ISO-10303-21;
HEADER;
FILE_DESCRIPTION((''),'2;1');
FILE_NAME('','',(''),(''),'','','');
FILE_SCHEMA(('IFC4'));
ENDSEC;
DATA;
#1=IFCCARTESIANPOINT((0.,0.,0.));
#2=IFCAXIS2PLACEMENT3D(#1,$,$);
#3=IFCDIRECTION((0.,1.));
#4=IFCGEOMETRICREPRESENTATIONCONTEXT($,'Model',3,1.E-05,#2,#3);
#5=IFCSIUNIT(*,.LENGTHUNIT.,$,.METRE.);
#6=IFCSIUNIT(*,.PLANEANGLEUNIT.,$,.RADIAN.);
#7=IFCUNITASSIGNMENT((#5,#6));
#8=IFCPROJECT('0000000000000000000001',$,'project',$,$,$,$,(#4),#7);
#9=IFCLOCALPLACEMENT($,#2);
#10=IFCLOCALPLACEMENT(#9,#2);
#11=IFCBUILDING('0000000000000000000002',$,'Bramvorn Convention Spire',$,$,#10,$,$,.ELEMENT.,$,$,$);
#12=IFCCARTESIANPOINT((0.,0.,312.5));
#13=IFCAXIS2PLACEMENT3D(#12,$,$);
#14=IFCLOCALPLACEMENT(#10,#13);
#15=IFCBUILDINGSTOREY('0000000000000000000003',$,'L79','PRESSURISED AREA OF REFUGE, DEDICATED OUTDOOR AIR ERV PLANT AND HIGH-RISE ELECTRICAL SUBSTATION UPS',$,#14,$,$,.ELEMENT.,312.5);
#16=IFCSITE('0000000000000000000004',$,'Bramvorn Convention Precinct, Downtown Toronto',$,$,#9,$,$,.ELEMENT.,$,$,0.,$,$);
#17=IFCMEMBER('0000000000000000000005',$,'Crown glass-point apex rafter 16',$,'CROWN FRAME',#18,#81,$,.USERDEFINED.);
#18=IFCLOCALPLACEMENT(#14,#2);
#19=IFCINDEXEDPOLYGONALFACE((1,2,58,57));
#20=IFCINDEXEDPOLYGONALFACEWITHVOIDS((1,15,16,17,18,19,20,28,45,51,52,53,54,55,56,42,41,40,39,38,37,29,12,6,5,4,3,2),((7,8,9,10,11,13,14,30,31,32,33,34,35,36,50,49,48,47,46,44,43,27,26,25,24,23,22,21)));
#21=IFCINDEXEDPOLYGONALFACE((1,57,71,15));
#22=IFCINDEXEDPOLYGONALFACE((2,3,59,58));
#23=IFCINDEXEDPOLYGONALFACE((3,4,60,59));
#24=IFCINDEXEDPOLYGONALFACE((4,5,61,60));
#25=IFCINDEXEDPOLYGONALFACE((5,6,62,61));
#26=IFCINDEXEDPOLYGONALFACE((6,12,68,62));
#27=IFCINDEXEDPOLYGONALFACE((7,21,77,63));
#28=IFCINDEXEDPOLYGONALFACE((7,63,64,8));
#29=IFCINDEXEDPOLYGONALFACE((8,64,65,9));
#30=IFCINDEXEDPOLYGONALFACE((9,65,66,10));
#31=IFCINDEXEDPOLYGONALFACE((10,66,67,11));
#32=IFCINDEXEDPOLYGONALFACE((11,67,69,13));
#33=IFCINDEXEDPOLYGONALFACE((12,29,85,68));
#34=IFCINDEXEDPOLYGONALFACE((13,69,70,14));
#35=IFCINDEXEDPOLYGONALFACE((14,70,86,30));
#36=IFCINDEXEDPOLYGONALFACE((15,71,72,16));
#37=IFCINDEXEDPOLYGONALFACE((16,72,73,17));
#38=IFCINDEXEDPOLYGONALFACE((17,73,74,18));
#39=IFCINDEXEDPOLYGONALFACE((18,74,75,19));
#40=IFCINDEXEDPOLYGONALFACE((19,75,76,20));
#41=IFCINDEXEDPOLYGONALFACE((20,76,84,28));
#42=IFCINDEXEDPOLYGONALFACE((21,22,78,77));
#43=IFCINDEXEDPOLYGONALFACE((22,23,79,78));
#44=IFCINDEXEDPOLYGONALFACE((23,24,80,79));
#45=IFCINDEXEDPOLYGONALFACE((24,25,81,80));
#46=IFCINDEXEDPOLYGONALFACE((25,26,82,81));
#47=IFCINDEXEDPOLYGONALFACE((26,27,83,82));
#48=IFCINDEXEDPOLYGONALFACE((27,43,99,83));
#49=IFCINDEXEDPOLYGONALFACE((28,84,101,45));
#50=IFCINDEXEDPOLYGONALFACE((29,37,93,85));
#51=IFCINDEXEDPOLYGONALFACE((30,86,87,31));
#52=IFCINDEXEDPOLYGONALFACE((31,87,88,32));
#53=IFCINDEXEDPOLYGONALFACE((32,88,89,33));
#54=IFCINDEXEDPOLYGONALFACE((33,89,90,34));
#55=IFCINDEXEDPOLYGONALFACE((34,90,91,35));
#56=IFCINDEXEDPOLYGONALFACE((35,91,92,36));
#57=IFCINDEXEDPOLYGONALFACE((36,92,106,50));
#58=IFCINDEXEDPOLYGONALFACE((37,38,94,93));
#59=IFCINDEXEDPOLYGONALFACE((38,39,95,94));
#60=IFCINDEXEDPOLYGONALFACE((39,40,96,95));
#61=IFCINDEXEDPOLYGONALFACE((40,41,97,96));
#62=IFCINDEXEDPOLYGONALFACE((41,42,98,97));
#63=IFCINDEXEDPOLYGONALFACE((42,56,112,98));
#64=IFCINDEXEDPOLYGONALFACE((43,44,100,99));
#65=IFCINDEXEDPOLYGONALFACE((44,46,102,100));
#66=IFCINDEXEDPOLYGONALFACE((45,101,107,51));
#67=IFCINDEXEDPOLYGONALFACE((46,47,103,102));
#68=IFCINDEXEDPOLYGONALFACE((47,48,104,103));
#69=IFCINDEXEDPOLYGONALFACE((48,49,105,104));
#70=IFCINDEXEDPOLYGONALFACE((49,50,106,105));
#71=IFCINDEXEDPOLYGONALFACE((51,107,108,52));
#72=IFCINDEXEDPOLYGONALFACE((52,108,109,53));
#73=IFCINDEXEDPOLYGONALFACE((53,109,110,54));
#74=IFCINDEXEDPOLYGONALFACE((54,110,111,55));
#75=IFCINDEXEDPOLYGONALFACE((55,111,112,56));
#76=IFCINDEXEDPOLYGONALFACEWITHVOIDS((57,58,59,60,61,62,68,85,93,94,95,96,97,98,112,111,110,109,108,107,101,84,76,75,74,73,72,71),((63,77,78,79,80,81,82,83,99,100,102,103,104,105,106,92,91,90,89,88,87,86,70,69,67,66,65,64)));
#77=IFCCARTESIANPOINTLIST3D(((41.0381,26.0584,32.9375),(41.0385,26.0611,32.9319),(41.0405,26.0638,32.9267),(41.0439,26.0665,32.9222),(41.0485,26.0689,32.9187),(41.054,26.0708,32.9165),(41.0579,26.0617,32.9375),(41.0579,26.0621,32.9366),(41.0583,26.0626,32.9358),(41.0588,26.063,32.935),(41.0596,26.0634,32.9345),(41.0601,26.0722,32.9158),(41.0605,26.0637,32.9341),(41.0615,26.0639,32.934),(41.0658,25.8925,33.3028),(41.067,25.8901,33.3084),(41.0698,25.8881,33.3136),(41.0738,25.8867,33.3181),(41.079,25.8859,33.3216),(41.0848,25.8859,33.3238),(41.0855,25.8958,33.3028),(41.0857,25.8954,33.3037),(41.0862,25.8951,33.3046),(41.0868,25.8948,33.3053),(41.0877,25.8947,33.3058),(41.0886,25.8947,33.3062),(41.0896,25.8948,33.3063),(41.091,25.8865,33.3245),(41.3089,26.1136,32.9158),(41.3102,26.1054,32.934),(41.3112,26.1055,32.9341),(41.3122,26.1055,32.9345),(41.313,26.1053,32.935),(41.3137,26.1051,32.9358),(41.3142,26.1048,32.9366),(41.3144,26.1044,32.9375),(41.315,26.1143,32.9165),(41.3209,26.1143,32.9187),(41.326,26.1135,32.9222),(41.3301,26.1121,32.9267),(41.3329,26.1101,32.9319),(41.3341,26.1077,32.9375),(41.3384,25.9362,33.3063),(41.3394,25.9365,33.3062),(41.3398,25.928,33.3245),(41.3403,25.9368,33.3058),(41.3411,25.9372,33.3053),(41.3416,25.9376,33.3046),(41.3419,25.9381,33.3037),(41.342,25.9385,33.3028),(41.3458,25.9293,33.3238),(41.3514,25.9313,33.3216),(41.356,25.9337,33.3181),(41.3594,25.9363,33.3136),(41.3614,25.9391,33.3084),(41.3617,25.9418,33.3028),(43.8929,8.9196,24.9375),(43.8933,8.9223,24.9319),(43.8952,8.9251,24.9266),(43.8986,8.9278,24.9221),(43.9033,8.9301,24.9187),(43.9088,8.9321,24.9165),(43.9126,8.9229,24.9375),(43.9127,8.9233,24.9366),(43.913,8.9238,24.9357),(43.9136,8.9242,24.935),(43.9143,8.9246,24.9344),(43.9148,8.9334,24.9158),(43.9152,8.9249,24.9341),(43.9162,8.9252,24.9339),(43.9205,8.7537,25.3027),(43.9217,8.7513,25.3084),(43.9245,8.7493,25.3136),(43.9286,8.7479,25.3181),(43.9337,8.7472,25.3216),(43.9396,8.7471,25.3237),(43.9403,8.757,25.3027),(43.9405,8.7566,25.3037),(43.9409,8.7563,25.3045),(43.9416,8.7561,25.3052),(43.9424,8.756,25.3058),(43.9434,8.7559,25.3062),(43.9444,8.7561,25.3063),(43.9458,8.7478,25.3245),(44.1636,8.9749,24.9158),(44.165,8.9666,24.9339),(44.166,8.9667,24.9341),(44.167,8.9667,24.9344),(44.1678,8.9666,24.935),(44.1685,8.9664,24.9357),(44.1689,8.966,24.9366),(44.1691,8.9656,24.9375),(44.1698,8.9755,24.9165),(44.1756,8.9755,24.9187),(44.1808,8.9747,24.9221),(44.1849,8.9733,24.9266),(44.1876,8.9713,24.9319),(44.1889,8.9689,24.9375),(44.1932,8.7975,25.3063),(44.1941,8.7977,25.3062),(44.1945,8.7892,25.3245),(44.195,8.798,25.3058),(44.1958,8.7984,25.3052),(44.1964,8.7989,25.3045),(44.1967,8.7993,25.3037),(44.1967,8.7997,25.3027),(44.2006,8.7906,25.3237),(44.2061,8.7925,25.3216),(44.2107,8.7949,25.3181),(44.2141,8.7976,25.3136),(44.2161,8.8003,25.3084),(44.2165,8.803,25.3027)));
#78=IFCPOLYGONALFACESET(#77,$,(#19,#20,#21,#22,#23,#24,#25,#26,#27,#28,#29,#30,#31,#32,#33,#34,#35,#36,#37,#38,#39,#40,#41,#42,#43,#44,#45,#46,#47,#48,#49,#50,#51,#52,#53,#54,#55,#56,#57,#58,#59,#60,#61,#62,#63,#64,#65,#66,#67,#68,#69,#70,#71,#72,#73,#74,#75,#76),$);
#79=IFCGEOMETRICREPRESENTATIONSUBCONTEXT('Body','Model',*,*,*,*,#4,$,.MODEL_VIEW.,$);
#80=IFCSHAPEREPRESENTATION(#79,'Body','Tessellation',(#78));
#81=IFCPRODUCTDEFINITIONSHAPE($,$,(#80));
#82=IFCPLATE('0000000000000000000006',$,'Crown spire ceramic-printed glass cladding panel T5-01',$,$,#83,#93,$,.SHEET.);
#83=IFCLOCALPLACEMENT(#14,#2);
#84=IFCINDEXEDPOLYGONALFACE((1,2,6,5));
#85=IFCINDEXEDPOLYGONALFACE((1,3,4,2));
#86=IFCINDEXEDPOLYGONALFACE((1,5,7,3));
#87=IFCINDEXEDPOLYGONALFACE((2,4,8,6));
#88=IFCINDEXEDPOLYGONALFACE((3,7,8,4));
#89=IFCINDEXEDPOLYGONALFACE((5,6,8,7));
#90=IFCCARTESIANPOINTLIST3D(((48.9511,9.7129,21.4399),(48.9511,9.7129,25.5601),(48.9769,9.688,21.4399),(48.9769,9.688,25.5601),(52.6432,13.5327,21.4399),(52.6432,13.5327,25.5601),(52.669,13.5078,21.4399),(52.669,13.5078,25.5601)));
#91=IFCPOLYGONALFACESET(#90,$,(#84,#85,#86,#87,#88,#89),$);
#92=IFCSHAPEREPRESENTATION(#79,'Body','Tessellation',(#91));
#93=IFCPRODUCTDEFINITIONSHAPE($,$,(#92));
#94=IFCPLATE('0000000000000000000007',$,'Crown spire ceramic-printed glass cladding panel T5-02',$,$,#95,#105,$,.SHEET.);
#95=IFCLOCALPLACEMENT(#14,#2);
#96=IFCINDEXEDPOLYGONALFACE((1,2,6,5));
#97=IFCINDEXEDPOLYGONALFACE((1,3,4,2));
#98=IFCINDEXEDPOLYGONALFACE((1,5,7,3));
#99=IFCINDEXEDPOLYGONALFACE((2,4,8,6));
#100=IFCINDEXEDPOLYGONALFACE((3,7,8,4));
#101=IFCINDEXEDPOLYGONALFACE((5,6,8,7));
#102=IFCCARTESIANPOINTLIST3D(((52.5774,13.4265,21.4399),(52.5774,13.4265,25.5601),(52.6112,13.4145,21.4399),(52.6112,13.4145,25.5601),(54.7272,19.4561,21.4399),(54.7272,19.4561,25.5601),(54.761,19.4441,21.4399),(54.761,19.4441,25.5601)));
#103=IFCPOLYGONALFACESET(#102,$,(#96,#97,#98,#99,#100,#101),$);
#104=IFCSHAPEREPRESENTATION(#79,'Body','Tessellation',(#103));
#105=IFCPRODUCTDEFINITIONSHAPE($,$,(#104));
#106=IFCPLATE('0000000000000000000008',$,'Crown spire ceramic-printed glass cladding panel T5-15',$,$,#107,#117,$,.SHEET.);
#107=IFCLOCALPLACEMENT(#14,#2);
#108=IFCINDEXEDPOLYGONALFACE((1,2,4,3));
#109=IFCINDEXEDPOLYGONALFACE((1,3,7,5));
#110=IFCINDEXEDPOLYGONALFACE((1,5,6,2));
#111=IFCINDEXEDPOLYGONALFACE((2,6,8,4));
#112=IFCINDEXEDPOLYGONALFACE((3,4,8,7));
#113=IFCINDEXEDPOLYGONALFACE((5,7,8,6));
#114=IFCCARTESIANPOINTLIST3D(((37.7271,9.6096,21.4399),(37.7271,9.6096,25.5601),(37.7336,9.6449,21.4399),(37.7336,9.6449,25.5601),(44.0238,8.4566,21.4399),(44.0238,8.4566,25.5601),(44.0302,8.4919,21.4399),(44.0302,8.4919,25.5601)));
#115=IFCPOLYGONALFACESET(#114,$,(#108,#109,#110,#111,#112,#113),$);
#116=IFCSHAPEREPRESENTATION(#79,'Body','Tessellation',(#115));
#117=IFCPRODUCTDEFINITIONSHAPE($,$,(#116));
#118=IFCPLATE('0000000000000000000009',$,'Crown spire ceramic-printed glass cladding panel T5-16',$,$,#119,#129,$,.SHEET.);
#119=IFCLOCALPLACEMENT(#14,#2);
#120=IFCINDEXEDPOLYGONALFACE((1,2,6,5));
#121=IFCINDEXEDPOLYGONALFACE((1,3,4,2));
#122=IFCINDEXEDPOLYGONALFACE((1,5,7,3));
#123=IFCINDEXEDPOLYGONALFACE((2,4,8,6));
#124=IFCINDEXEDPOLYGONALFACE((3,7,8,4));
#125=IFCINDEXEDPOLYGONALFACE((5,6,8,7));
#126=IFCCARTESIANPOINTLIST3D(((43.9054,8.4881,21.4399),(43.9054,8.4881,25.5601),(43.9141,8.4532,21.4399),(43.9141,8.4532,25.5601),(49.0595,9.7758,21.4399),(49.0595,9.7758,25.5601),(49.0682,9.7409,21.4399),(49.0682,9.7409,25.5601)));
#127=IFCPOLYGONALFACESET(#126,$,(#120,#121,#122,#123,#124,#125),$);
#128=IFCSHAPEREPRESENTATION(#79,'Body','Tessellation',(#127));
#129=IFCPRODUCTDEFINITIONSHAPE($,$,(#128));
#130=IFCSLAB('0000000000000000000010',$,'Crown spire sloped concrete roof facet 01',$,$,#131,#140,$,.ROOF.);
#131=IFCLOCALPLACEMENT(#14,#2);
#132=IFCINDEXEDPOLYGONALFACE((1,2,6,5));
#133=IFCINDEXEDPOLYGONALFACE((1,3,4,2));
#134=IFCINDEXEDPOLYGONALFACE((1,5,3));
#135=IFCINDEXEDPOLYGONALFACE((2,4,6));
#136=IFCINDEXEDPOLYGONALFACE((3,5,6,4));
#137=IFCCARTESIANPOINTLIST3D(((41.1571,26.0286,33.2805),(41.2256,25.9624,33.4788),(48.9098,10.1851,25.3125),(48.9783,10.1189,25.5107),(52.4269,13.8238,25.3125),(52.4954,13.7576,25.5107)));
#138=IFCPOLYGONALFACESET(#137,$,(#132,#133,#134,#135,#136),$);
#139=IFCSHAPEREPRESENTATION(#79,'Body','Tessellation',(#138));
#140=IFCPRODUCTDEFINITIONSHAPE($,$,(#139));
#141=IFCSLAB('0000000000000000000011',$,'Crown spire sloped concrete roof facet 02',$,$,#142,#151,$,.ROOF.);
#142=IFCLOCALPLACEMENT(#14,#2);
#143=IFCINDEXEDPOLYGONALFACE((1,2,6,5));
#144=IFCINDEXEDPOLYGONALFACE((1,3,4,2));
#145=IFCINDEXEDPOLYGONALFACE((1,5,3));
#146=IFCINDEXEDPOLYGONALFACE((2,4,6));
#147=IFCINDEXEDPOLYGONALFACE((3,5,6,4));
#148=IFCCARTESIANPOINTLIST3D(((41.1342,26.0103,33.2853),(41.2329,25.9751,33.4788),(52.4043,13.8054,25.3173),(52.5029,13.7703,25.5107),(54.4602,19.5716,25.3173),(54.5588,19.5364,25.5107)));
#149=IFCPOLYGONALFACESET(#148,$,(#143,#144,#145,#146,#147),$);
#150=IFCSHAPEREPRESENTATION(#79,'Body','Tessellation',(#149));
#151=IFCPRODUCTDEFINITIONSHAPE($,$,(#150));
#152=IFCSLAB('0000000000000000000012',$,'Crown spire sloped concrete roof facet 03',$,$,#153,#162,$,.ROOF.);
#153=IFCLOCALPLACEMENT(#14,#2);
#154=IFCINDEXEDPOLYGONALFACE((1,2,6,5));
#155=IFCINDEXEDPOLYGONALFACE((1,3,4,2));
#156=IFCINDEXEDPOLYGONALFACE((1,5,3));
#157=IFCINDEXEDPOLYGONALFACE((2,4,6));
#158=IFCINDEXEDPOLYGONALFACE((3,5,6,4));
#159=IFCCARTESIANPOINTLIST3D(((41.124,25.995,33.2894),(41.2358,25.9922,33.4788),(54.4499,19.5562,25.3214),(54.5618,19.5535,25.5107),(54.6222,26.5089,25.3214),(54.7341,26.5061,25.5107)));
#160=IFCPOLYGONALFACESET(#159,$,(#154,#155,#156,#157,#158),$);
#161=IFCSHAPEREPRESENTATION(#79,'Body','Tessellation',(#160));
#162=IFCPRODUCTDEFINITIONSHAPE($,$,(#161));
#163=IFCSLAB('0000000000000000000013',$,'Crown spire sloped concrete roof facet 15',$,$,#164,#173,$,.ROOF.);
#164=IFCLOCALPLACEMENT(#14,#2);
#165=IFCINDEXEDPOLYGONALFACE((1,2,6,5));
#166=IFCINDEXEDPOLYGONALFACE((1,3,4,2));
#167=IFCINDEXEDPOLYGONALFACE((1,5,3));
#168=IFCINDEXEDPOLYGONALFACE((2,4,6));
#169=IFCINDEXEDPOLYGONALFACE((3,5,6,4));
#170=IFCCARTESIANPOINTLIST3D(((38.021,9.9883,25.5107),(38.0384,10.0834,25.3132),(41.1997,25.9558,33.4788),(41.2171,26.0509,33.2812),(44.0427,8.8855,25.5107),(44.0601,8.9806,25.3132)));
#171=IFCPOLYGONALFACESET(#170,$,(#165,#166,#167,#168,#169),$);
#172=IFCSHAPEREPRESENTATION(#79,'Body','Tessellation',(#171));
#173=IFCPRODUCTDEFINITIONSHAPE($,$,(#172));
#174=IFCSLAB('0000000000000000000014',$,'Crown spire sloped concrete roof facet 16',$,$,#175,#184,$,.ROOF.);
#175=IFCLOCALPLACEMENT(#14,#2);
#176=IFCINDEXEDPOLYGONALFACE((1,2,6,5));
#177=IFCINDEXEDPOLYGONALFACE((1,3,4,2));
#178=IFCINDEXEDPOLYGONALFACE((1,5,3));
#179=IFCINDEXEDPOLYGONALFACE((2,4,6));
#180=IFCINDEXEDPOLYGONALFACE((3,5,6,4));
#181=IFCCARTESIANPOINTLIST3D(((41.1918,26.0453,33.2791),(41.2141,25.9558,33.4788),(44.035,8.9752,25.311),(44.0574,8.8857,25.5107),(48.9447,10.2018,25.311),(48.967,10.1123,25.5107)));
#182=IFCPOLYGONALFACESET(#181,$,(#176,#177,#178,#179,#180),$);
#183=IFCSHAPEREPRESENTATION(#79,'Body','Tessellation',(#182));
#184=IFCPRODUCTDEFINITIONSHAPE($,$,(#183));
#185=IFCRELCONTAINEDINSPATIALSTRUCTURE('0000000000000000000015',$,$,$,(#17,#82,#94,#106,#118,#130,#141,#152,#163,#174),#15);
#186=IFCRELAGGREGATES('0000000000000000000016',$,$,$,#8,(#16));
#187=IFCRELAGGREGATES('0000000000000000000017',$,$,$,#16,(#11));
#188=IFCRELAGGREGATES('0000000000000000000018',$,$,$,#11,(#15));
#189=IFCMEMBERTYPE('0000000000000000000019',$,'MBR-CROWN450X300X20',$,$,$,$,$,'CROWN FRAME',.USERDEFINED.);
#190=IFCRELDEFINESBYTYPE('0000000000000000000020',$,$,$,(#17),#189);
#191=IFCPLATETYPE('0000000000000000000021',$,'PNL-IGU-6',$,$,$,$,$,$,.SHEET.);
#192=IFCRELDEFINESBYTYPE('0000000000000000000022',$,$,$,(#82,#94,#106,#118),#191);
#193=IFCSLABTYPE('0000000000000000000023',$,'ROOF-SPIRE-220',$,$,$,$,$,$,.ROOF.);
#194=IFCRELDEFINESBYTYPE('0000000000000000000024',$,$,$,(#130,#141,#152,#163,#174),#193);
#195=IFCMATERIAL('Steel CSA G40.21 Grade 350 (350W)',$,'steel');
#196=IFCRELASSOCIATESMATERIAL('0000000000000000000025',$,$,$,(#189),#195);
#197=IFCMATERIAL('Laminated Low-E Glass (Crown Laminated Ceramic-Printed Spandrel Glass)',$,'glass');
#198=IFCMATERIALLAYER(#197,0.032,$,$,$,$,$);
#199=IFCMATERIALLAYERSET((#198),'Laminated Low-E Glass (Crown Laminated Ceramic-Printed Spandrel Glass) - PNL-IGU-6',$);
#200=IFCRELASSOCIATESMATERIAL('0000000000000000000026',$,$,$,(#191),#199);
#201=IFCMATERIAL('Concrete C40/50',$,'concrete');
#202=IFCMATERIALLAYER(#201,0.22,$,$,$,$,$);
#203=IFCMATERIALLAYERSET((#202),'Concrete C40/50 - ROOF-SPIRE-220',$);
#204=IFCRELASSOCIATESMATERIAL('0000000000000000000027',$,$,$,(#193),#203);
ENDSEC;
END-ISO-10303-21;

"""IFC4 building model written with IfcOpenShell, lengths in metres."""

from ifc_helpers import new_model, si_unit, direction, frame, origin, origin_2d, place, context, subcontext, project, spatial, polyline, rectangle, hollow_rectangle, outline, extrude, material, layer, layer_set, material_profile, profile_set, type_object, element, save


model = new_model("IFC4")

# Units and contexts
model_context = context("Model", 3, precision=1e-05, world=origin(), true_north=direction((0.0, 1.0)))
body_context = subcontext(model_context, "Body", "Model", "MODEL_VIEW")
ifc_project = project(units=[si_unit("LENGTHUNIT", "METRE"), si_unit("PLANEANGLEUNIT", "RADIAN")], contexts=[model_context])

# Site, building, storey
site_placement = place(None, origin())
site = spatial("IfcSite", under=ifc_project, at=site_placement, Name="Bramvorn Convention Precinct, Downtown Toronto", CompositionType="ELEMENT", RefElevation=0.0)
building_placement = place(site_placement, origin())
building = spatial("IfcBuilding", under=site, at=building_placement, Name="Bramvorn Convention Spire", CompositionType="ELEMENT")
storey_placement = place(building_placement, frame((0.0, 0.0, 312.5)))
storey = spatial("IfcBuildingStorey", under=building, at=storey_placement, Name="L79", Description="PRESSURISED AREA OF REFUGE, DEDICATED OUTDOOR AIR ERV PLANT AND HIGH-RISE ELECTRICAL SUBSTATION UPS", CompositionType="ELEMENT", Elevation=312.5)

# Member
ifc_material_1 = material(Name="Steel CSA G40.21 Grade 350 (350W)", Category="steel")
ifc_material_profile = material_profile(ifc_material_1, hollow_rectangle(XDim=0.3, YDim=0.45, WallThickness=0.02, InnerFilletRadius=0.0039, OuterFilletRadius=0.0239, at=origin_2d()))
ifc_profile_set = profile_set([ifc_material_profile], Name="Steel CSA G40.21 Grade 350 (350W) - CROWN450X300X20")
member_type = type_object("IfcMemberType", Name="MBR-CROWN450X300X20", ElementType="CROWN FRAME", PredefinedType="USERDEFINED", material=ifc_profile_set)
member_1_placement = place(storey_placement, frame((44.0547, 8.8613, 25.1201), z_axis=(-0.149243, 0.895995, 0.418233), x_axis=(-0.98641, -0.164303, 0.0)))
element("IfcMember", 1, at=member_1_placement, inside=storey, type_object=member_type, Name="Crown glass-point apex rafter 16", ObjectType="CROWN FRAME", PredefinedType="USERDEFINED", context=body_context, shape_type="SweptSolid", body=[
    extrude(hollow_rectangle(XDim=0.3, YDim=0.45, WallThickness=0.02, InnerFilletRadius=0.0039, OuterFilletRadius=0.0239, at=origin_2d()), origin(), (0.0, 0.0, 1.0), 19.1282),
])

# Plates
ifc_material_2 = material(Name="Laminated Low-E Glass (Crown Laminated Ceramic-Printed Spandrel Glass)", Category="glass")
ifc_layer_1 = layer(ifc_material_2, 0.032)
ifc_layer_set_1 = layer_set([ifc_layer_1], Name="Laminated Low-E Glass (Crown Laminated Ceramic-Printed Spandrel Glass) - PNL-IGU-6")
plate_type = type_object("IfcPlateType", Name="PNL-IGU-6", PredefinedType="SHEET", material=ifc_layer_set_1)
plate_1_placement = place(storey_placement, frame((50.8101, 11.6104, 21.4399), z_axis=(0.0, 0.0, 1.0), x_axis=(0.694997, 0.719013, 0.0)))
element("IfcPlate", 2, at=plate_1_placement, inside=storey, type_object=plate_type, Name="Crown spire ceramic-printed glass cladding panel T5-01", PredefinedType="SHEET", context=body_context, shape_type="SweptSolid", body=[
    extrude(rectangle(XDim=5.3125, YDim=0.0359, at=origin_2d()), origin(), (0.0, 0.0, 1.0), 4.1201),
])
for number, where, z_axis, x_axis, name in (
    (3, (53.6692, 16.4353, 21.4399), (0.0, 0.0, 1.0), (0.335837, 0.94192, 0.0), "Crown spire ceramic-printed glass cladding panel T5-02"),
    (4, (40.8787, 9.0508, 21.4399), (0.0, 0.0, 1.0), (0.983646, -0.180113, 0.0), "Crown spire ceramic-printed glass cladding panel T5-15"),
):
    element("IfcPlate", number, at=place(storey_placement, frame(where, z_axis=z_axis, x_axis=x_axis)), inside=storey, type_object=plate_type, Name=name, PredefinedType="SHEET", context=body_context, shape_type="SweptSolid", body=[
        extrude(rectangle(XDim=6.4014, YDim=0.0359, at=origin_2d()), origin(), (0.0, 0.0, 1.0), 4.1201),
    ])
plate_2_placement = place(storey_placement, frame((46.4868, 9.1145, 21.4399), z_axis=(0.0, 0.0, 1.0), x_axis=(0.970179, 0.242391, 0.0)))
element("IfcPlate", 5, at=plate_2_placement, inside=storey, type_object=plate_type, Name="Crown spire ceramic-printed glass cladding panel T5-16", PredefinedType="SHEET", context=body_context, shape_type="SweptSolid", body=[
    extrude(rectangle(XDim=5.3125, YDim=0.0359, at=origin_2d()), origin(), (0.0, 0.0, 1.0), 4.1201),
])

# Slabs
ifc_material_3 = material(Name="Concrete C40/50", Category="concrete")
ifc_layer_2 = layer(ifc_material_3, 0.22)
ifc_layer_set_2 = layer_set([ifc_layer_2], Name="Concrete C40/50 - ROOF-SPIRE-220")
slab_type = type_object("IfcSlabType", Name="ROOF-SPIRE-220", PredefinedType="ROOF", material=ifc_layer_set_2)
slab_1_placement = place(storey_placement, frame((48.9783, 10.1189, 25.5107), z_axis=(0.311364, -0.30096, 0.901374), x_axis=(0.694992, 0.719017, 0.0)))
element("IfcSlab", 6, at=slab_1_placement, inside=storey, type_object=slab_type, Name="Crown spire sloped concrete roof facet 01", PredefinedType="ROOF", context=body_context, shape_type="SweptSolid", body=[
    extrude(outline(polyline([(0.0, 0.0), (5.0606, 0.0), (6.0037, 18.4002), (0.0, 0.0)])), origin(), (0.0, 0.0, -1.0), 0.22),
])
slab_2_placement = place(storey_placement, frame((52.5029, 13.7703, 25.5107), z_axis=(0.448522, -0.159921, 0.879348), x_axis=(0.335841, 0.941919, 0.0)))
element("IfcSlab", 7, at=slab_2_placement, inside=storey, type_object=slab_type, Name="Crown spire sloped concrete roof facet 02", PredefinedType="ROOF", context=body_context, shape_type="SweptSolid", body=[
    extrude(outline(polyline([(0.0, 0.0), (6.1217, 0.0), (7.711, 16.7332), (0.0, 0.0)])), origin(), (0.0, 0.0, -1.0), 0.22),
])
slab_3_placement = place(storey_placement, frame((54.5618, 19.5535, 25.5107), z_axis=(0.508655, -0.01261, 0.860878), x_axis=(0.024783, 0.999693, 0.0)))
element("IfcSlab", 8, at=slab_3_placement, inside=storey, type_object=slab_type, Name="Crown spire sloped concrete roof facet 03", PredefinedType="ROOF", context=body_context, shape_type="SweptSolid", body=[
    extrude(outline(polyline([(0.0, 0.0), (6.9548, 0.0), (6.1065, 15.6601), (0.0, 0.0)])), origin(), (0.0, 0.0, -1.0), 0.22),
])
slab_4_placement = place(storey_placement, frame((38.021, 9.9883, 25.5107), z_axis=(-0.079194, -0.432438, 0.898179), x_axis=(0.983641, -0.180138, 0.0)))
element("IfcSlab", 9, at=slab_4_placement, inside=storey, type_object=slab_type, Name="Crown spire sloped concrete roof facet 15", PredefinedType="ROOF", context=body_context, shape_type="SweptSolid", body=[
    extrude(outline(polyline([(0.0, 0.0), (6.1219, 0.0), (0.2503, 18.1244), (0.0, 0.0)])), origin(), (0.0, 0.0, -1.0), 0.22),
])
slab_5_placement = place(storey_placement, frame((44.0574, 8.8857, 25.5107), z_axis=(0.101637, -0.406831, 0.907832), x_axis=(0.970182, 0.242377, 0.0)))
element("IfcSlab", 10, at=slab_5_placement, inside=storey, type_object=slab_type, Name="Crown spire sloped concrete roof facet 16", PredefinedType="ROOF", context=body_context, shape_type="SweptSolid", body=[
    extrude(outline(polyline([(0.0, 0.0), (5.0606, 0.0), (1.3789, 19.0016), (0.0, 0.0)])), origin(), (0.0, 0.0, -1.0), 0.22),
])

save(model, "model.ifc")
